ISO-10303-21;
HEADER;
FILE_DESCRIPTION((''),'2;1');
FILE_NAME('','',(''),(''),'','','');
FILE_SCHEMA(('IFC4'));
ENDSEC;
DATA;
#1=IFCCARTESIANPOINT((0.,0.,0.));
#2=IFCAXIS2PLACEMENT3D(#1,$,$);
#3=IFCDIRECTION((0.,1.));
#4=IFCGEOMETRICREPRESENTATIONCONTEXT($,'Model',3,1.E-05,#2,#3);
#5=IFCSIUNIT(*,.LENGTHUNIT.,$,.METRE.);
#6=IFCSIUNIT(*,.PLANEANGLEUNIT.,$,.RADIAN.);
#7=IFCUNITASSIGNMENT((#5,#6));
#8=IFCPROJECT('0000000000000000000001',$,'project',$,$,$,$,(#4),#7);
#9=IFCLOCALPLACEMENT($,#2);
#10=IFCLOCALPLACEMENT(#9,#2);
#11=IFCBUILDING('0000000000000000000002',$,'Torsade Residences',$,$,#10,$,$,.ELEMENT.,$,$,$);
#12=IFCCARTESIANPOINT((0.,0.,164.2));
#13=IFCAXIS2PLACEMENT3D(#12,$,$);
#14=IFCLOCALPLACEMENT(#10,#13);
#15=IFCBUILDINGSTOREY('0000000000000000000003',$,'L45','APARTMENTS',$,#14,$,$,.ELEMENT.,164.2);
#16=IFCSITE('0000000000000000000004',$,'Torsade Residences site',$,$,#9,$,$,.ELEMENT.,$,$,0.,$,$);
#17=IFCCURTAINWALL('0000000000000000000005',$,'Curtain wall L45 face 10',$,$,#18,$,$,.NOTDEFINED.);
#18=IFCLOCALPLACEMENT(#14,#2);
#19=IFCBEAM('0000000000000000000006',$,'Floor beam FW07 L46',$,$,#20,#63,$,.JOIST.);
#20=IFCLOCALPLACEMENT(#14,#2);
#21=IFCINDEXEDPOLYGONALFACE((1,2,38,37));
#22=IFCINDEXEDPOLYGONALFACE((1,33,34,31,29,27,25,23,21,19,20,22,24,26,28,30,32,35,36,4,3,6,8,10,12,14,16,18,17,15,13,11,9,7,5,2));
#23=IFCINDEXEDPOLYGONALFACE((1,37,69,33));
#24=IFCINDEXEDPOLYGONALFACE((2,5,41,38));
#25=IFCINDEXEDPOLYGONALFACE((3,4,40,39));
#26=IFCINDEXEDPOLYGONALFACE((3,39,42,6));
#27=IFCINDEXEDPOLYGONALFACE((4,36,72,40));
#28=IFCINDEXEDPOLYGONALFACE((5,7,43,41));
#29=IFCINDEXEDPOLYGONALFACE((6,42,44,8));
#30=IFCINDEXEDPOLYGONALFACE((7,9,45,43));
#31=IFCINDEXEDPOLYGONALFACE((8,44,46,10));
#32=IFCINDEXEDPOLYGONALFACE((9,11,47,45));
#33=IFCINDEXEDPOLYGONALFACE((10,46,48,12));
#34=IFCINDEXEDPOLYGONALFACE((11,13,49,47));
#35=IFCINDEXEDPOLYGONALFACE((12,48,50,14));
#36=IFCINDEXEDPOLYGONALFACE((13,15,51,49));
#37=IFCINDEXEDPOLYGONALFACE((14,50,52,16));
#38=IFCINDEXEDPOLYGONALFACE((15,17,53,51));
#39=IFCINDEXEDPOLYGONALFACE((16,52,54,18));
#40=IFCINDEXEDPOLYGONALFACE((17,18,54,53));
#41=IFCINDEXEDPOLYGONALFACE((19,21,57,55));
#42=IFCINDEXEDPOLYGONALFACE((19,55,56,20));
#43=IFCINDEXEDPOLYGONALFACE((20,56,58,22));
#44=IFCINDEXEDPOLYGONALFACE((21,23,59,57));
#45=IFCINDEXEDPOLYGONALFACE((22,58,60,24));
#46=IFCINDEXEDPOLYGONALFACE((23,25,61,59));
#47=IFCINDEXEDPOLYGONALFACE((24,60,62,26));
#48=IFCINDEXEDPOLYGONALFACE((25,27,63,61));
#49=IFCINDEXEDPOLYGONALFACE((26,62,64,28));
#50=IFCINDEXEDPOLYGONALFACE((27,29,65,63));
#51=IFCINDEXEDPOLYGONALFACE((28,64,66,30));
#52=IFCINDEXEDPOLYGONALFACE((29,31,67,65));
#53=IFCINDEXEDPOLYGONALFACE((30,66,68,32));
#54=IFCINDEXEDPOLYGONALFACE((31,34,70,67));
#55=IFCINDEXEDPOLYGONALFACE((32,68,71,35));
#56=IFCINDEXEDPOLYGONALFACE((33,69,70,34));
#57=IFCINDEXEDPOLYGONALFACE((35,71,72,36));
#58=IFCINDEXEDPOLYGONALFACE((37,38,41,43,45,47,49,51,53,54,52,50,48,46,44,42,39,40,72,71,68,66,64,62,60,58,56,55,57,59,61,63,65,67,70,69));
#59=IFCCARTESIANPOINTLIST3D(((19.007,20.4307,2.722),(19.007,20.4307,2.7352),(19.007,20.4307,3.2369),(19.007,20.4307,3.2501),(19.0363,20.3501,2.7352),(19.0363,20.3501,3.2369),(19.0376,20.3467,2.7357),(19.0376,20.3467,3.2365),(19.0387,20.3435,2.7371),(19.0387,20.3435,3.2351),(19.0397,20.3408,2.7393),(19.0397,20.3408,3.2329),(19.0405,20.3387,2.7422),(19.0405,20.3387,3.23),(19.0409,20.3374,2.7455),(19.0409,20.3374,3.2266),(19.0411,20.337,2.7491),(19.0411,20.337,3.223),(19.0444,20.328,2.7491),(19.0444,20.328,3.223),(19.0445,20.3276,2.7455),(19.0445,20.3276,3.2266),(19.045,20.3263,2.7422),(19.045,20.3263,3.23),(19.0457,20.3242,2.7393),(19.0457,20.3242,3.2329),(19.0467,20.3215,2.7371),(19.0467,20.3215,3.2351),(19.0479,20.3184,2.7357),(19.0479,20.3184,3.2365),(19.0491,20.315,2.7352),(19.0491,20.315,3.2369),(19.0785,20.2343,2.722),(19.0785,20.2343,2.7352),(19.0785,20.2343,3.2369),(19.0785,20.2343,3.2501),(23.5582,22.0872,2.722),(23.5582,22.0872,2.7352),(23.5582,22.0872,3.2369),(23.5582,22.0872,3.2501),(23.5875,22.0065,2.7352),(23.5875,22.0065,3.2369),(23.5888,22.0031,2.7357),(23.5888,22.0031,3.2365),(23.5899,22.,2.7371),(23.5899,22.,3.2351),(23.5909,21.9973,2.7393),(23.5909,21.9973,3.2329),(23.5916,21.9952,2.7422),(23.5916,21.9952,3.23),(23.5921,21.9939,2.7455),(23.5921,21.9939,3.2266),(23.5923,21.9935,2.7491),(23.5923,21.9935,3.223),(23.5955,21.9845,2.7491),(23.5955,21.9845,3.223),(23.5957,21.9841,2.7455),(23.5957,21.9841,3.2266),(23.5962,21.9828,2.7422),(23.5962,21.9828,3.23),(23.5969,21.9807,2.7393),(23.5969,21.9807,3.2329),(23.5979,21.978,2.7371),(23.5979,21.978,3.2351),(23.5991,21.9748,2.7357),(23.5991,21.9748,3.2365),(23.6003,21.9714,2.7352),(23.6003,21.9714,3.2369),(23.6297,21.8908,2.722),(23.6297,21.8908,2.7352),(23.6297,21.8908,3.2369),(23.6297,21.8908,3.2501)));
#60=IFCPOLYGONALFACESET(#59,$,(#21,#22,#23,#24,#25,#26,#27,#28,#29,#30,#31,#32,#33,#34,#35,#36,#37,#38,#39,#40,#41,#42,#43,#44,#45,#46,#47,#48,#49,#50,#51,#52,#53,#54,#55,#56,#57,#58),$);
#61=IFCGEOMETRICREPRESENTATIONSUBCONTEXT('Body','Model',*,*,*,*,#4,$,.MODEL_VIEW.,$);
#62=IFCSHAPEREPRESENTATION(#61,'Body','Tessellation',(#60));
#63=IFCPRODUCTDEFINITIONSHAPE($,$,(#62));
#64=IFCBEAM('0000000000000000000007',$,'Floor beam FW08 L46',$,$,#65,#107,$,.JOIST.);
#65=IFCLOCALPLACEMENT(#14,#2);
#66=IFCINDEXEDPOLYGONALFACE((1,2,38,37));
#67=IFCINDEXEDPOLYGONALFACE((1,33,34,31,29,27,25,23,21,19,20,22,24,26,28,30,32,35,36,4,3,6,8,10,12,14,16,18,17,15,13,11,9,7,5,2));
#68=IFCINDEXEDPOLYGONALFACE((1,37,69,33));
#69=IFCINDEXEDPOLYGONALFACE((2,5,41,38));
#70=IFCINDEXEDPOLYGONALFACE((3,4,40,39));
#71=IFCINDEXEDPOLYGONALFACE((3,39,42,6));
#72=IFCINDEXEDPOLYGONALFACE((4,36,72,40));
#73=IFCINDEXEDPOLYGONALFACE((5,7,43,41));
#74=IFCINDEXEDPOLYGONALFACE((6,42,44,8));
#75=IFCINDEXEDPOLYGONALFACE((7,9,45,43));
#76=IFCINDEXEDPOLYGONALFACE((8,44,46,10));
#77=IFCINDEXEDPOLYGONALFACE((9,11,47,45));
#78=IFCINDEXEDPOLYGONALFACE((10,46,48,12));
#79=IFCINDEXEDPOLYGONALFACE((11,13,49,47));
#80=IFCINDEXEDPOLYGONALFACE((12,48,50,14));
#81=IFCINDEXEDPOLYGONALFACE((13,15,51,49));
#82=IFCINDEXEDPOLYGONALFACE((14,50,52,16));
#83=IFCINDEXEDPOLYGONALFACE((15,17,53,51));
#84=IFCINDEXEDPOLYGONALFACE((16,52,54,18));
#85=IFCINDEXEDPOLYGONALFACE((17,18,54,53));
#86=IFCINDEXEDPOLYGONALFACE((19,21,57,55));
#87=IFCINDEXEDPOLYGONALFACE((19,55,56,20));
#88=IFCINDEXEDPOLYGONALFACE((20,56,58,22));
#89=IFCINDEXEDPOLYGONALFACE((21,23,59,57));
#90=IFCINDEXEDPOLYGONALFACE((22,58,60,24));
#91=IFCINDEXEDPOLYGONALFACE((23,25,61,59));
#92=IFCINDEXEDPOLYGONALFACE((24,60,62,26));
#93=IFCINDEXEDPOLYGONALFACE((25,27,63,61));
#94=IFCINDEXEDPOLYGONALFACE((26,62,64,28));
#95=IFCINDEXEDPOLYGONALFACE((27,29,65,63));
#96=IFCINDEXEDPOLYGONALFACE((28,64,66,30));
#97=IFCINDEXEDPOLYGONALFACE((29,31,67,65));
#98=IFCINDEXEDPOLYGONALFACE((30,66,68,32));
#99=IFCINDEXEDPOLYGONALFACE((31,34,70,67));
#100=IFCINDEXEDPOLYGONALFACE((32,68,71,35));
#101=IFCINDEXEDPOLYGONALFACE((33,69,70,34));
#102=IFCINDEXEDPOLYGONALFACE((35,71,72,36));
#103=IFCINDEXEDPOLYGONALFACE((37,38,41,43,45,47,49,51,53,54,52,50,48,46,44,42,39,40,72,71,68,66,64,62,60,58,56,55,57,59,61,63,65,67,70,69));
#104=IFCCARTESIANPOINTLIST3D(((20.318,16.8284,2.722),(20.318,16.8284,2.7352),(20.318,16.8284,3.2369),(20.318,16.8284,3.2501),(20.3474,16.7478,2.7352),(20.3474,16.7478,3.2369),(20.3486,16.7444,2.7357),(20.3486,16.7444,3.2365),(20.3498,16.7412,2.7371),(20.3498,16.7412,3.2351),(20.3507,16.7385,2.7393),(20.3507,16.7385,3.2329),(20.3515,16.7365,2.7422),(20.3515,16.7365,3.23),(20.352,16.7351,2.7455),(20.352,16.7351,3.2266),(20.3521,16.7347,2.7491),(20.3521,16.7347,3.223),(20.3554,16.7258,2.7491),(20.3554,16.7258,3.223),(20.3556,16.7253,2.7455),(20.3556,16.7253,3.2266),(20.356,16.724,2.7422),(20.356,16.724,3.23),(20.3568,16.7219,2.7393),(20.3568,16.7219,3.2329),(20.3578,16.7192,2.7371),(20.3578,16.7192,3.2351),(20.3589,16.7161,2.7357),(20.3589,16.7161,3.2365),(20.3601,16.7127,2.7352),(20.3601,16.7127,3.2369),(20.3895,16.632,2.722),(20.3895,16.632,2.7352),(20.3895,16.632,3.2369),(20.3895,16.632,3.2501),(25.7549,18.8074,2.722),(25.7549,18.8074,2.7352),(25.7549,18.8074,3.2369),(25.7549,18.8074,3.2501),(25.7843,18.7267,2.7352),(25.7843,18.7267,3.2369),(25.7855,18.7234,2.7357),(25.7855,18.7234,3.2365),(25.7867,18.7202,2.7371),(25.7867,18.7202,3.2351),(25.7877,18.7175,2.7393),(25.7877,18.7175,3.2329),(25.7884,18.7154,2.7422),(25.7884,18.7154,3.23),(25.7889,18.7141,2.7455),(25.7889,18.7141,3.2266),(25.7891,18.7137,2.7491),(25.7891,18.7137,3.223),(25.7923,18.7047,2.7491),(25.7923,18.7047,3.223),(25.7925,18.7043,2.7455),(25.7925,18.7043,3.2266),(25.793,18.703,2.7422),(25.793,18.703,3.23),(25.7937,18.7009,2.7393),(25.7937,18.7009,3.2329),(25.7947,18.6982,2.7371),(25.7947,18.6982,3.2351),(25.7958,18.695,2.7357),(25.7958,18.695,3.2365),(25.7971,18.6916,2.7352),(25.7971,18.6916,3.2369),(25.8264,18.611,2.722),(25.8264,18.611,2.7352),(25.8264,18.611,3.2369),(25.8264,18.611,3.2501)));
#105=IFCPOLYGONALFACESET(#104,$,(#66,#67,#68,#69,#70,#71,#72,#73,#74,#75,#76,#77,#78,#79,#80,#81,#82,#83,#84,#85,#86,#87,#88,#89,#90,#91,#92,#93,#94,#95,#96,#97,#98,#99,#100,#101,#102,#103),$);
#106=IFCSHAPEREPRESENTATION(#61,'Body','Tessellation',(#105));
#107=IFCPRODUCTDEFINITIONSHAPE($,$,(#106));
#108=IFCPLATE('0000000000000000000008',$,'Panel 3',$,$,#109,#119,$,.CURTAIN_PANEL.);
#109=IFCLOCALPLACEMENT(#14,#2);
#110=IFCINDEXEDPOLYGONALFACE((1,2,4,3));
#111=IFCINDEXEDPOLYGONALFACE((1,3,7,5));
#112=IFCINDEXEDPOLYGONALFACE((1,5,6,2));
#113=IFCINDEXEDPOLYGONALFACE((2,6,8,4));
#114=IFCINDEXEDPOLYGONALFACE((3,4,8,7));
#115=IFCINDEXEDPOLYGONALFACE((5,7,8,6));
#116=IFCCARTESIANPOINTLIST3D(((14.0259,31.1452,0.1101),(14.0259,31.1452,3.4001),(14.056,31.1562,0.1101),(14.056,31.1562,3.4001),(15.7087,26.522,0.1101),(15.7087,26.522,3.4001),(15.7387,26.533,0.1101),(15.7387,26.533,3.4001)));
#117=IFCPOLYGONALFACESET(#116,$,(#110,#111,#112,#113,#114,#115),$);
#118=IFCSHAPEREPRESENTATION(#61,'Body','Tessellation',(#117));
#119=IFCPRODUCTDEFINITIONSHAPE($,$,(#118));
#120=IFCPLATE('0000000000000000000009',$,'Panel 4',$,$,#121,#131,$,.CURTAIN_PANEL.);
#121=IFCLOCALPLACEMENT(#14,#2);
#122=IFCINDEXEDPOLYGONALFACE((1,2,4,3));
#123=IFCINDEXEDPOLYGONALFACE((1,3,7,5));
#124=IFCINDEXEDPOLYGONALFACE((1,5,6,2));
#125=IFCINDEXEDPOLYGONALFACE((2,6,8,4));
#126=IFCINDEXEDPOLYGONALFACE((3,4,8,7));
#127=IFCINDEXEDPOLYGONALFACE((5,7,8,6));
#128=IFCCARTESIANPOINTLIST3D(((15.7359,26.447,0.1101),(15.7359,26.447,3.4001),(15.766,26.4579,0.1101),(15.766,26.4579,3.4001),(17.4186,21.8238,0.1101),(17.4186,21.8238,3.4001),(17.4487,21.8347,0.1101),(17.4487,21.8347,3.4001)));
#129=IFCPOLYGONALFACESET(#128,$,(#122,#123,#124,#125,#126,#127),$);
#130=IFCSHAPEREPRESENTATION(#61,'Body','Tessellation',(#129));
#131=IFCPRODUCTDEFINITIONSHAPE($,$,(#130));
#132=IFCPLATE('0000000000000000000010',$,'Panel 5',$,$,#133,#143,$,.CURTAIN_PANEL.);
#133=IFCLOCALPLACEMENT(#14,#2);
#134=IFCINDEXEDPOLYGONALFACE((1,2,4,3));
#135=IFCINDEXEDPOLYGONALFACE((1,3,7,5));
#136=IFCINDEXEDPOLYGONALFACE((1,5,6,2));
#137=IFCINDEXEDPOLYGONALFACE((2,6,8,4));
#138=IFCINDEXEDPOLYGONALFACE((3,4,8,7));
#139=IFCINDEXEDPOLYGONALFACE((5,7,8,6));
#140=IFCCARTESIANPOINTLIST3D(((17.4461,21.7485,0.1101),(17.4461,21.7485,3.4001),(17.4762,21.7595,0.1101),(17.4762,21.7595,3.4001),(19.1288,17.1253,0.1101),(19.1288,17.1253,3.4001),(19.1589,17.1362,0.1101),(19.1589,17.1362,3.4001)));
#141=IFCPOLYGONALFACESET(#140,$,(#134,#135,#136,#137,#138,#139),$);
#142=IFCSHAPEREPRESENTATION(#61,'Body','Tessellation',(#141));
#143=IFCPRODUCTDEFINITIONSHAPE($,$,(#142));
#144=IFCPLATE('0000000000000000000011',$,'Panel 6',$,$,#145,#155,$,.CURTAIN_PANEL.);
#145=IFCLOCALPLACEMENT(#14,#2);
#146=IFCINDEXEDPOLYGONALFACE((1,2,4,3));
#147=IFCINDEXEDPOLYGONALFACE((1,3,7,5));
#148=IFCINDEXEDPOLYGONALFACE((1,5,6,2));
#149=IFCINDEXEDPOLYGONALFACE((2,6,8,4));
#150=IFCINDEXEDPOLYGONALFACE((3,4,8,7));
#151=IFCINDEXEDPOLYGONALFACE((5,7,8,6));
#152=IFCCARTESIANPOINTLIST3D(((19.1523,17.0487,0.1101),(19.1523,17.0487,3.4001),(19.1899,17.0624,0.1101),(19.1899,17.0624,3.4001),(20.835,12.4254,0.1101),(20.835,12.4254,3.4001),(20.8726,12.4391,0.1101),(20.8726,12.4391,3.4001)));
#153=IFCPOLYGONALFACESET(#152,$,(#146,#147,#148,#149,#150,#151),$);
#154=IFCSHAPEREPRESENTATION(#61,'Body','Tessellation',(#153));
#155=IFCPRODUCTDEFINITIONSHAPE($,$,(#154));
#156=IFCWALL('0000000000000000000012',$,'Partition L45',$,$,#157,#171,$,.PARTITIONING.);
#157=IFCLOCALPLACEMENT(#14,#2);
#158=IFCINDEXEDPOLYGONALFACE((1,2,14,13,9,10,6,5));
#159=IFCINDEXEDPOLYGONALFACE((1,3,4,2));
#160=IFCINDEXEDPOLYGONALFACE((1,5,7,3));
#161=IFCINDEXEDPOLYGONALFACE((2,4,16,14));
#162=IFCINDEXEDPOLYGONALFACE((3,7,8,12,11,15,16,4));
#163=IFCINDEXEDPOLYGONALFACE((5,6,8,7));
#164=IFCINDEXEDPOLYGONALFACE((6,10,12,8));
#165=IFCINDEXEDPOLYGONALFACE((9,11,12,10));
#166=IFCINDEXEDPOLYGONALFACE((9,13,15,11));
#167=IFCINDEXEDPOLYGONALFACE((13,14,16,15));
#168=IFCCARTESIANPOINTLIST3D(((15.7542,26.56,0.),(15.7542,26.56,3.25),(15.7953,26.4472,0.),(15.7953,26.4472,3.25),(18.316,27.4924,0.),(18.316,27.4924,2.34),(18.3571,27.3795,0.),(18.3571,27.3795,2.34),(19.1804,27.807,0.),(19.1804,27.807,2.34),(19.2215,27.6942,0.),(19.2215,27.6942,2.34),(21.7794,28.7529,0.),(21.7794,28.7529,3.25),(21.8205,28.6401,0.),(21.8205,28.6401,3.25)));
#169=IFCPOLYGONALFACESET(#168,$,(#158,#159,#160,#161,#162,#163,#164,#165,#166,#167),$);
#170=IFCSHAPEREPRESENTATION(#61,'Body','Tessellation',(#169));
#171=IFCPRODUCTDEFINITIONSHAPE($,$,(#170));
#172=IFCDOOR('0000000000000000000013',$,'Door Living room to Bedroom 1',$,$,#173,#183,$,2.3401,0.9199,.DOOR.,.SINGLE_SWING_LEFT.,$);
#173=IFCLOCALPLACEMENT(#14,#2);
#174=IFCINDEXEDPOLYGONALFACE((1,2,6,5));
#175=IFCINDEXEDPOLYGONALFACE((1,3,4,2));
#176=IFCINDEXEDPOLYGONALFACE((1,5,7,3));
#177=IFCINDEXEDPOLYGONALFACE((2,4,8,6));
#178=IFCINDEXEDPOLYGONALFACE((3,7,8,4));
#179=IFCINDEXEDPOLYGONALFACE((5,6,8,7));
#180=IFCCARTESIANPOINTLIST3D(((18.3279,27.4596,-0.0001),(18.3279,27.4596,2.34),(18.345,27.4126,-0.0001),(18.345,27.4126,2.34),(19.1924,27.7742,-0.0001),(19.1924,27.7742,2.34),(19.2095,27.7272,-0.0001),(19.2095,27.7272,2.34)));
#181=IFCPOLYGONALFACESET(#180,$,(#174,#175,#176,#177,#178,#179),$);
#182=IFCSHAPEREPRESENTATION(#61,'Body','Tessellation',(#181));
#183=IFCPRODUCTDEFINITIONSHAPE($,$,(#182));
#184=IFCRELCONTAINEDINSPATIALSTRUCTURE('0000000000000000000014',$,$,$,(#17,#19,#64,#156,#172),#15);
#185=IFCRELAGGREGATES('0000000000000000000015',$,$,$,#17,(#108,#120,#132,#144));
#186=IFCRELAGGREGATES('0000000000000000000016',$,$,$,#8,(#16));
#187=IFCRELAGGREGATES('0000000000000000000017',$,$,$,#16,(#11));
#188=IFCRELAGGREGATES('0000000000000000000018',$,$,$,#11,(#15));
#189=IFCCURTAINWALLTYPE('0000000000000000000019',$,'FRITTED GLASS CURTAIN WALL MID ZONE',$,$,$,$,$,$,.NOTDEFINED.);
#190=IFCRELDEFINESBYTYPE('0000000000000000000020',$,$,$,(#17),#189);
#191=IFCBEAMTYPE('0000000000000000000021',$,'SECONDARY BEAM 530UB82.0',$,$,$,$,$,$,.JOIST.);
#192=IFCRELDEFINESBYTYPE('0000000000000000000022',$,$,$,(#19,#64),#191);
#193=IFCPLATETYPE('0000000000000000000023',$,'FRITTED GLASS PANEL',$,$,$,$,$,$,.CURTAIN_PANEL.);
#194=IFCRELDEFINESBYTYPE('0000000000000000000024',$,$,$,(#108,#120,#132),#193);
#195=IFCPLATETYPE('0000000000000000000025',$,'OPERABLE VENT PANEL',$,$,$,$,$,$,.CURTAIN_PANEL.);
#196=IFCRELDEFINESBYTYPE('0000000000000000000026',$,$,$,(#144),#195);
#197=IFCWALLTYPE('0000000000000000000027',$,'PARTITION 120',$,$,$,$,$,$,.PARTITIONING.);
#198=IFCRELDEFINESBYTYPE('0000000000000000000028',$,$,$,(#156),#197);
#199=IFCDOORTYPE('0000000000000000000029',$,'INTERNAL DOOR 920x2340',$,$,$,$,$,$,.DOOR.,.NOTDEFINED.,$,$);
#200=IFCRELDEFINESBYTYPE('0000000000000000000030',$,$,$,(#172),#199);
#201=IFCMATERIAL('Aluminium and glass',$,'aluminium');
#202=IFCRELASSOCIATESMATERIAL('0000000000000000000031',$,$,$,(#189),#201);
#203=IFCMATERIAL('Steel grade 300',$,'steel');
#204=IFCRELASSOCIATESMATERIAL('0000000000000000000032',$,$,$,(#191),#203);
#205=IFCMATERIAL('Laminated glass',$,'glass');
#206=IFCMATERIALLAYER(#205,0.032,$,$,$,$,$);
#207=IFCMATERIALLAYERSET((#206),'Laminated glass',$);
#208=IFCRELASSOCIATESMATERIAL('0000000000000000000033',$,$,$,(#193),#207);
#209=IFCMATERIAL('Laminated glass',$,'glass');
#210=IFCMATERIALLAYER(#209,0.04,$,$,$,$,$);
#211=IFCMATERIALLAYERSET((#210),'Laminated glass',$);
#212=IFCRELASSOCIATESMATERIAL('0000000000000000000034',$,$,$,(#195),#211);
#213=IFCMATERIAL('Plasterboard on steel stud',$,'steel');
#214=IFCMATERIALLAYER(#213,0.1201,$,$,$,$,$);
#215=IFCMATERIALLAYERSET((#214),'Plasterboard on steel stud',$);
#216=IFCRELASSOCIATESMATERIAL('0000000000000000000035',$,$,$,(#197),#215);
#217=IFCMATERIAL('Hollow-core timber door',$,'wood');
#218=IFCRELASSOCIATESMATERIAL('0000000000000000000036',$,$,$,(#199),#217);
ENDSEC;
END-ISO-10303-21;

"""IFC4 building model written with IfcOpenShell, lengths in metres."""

from ifc_helpers import new_model, si_unit, direction, frame, frame_2d, origin, origin_2d, place, context, subcontext, project, spatial, rectangle, i_section, extrude, material, layer, layer_set, material_profile, profile_set, type_object, element, fill, aggregate, save


model = new_model("IFC4")

# Units and contexts
model_context = context("Model", 3, precision=1e-05, world=origin(), true_north=direction((0.0, 1.0)))
body_context = subcontext(model_context, "Body", "Model", "MODEL_VIEW")
ifc_project = project(units=[si_unit("LENGTHUNIT", "METRE"), si_unit("PLANEANGLEUNIT", "RADIAN")], contexts=[model_context])

# Site, building, storey
site_placement = place(None, origin())
site = spatial("IfcSite", under=ifc_project, at=site_placement, Name="Torsade Residences site", CompositionType="ELEMENT", RefElevation=0.0)
building_placement = place(site_placement, origin())
building = spatial("IfcBuilding", under=site, at=building_placement, Name="Torsade Residences", CompositionType="ELEMENT")
storey_placement = place(building_placement, frame((0.0, 0.0, 164.2)))
storey = spatial("IfcBuildingStorey", under=building, at=storey_placement, Name="L45", Description="APARTMENTS", CompositionType="ELEMENT", Elevation=164.2)

# Curtain wall
ifc_material_1 = material(Name="Aluminium and glass", Category="aluminium")
curtain_wall_type = type_object("IfcCurtainWallType", Name="FRITTED GLASS CURTAIN WALL MID ZONE", PredefinedType="NOTDEFINED", material=ifc_material_1)
curtain_wall_placement = place(storey_placement, origin())
curtain_wall = element("IfcCurtainWall", 1, at=curtain_wall_placement, inside=storey, type_object=curtain_wall_type, Name="Curtain wall L45 face 10", PredefinedType="NOTDEFINED")

# Beams
ifc_material_2 = material(Name="Steel grade 300", Category="steel")
ifc_material_profile_1 = material_profile(ifc_material_2, i_section(OverallWidth=0.209, OverallDepth=0.5281, WebThickness=0.0095, FlangeThickness=0.0132, FilletRadius=0.0139, at=origin_2d()), Name="530UB82.0")
ifc_profile_set_1 = profile_set([ifc_material_profile_1], Name="Steel grade 300")
beam_type_1 = type_object("IfcBeamType", Name="SECONDARY BEAM 530UB82.0", PredefinedType="JOIST", material=ifc_profile_set_1)
beam_1_placement = place(storey_placement, frame((19.0427, 20.3325, 2.9861), z_axis=(0.939695, 0.342014, 0.0), x_axis=(-0.342014, 0.939695, 0.0)))
element("IfcBeam", 2, at=beam_1_placement, inside=storey, type_object=beam_type_1, Name="Floor beam FW07 L46", PredefinedType="JOIST", context=body_context, shape_type="SweptSolid", body=[
    extrude(i_section(OverallWidth=0.209, OverallDepth=0.5281, WebThickness=0.0095, FlangeThickness=0.0132, FilletRadius=0.0139, at=origin_2d()), origin(), (0.0, 0.0, 1.0), 4.8433),
])
beam_2_placement = place(storey_placement, frame((20.3538, 16.7302, 2.9861), z_axis=(0.939687, 0.342034, 0.0), x_axis=(-0.342034, 0.939687, 0.0)))
element("IfcBeam", 3, at=beam_2_placement, inside=storey, type_object=beam_type_1, Name="Floor beam FW08 L46", PredefinedType="JOIST", context=body_context, shape_type="SweptSolid", body=[
    extrude(i_section(OverallWidth=0.209, OverallDepth=0.5281, WebThickness=0.0095, FlangeThickness=0.0132, FilletRadius=0.0139, at=origin_2d()), origin(), (0.0, 0.0, 1.0), 5.7859),
])

# Plates
ifc_material_3 = material(Name="Laminated glass", Category="glass")
ifc_layer_1 = layer(ifc_material_3, 0.032)
ifc_layer_set_1 = layer_set([ifc_layer_1], Name="Laminated glass")
plate_type_1 = type_object("IfcPlateType", Name="FRITTED GLASS PANEL", PredefinedType="CURTAIN_PANEL", material=ifc_layer_set_1)
plate_1_placement = place(storey_placement, frame((14.8823, 28.8391, 0.1101), z_axis=(0.0, 0.0, 1.0), x_axis=(0.34202, -0.939693, 0.0)))
plate_1 = element("IfcPlate", 4, at=plate_1_placement, type_object=plate_type_1, Name="Panel 3", PredefinedType="CURTAIN_PANEL", context=body_context, shape_type="SweptSolid", body=[
    extrude(rectangle(XDim=4.9199, YDim=0.032, at=origin_2d()), origin(), (0.0, 0.0, 1.0), 3.29),
])
plate_2_placement = place(storey_placement, frame((16.5923, 24.1409, 0.1101), z_axis=(0.0, 0.0, 1.0), x_axis=(0.34202, -0.939693, 0.0)))
plate_2 = element("IfcPlate", 5, at=plate_2_placement, type_object=plate_type_1, Name="Panel 4", PredefinedType="CURTAIN_PANEL", context=body_context, shape_type="SweptSolid", body=[
    extrude(rectangle(XDim=4.9199, YDim=0.032, at=origin_2d()), origin(), (0.0, 0.0, 1.0), 3.29),
])
plate_3_placement = place(storey_placement, frame((18.3025, 19.4424, 0.1101), z_axis=(0.0, 0.0, 1.0), x_axis=(0.34202, -0.939693, 0.0)))
plate_3 = element("IfcPlate", 6, at=plate_3_placement, type_object=plate_type_1, Name="Panel 5", PredefinedType="CURTAIN_PANEL", context=body_context, shape_type="SweptSolid", body=[
    extrude(rectangle(XDim=4.9199, YDim=0.032, at=origin_2d()), origin(), (0.0, 0.0, 1.0), 3.29),
])
ifc_material_4 = material(Name="Laminated glass", Category="glass")
ifc_layer_2 = layer(ifc_material_4, 0.04)
ifc_layer_set_2 = layer_set([ifc_layer_2], Name="Laminated glass")
plate_type_2 = type_object("IfcPlateType", Name="OPERABLE VENT PANEL", PredefinedType="CURTAIN_PANEL", material=ifc_layer_set_2)
plate_4_placement = place(storey_placement, frame((20.0125, 14.7439, 0.1101), z_axis=(0.0, 0.0, 1.0), x_axis=(0.34202, -0.939693, 0.0)))
plate_4 = element("IfcPlate", 7, at=plate_4_placement, type_object=plate_type_2, Name="Panel 6", PredefinedType="CURTAIN_PANEL", context=body_context, shape_type="SweptSolid", body=[
    extrude(rectangle(XDim=4.9199, YDim=0.04, at=origin_2d()), origin(), (0.0, 0.0, 1.0), 3.29),
])
aggregate(curtain_wall, [plate_1, plate_2, plate_3, plate_4])

# Wall, opening, door
ifc_material_5 = material(Name="Plasterboard on steel stud", Category="steel")
ifc_layer_3 = layer(ifc_material_5, 0.1201)
ifc_layer_set_3 = layer_set([ifc_layer_3], Name="Plasterboard on steel stud")
wall_type_1 = type_object("IfcWallType", Name="PARTITION 120", PredefinedType="PARTITIONING", material=ifc_layer_set_3)
wall_1_placement = place(storey_placement, frame((21.8, 28.6965, 0.0), z_axis=(0.0, 0.0, 1.0), x_axis=(-0.939698, -0.342006, 0.0)))
wall_1 = element("IfcWall", 8, at=wall_1_placement, inside=storey, type_object=wall_type_1, Name="Partition L45", PredefinedType="PARTITIONING", context=body_context, shape_type="SweptSolid", body=[
    extrude(rectangle(XDim=6.4119, YDim=0.1201, at=frame_2d((3.2061, 0.0))), origin(), (0.0, 0.0, 1.0), 3.25),
])
opening_1_placement = place(wall_1_placement, frame((2.7659, 0.0, 0.0)))
opening_1 = element("IfcOpeningElement", 9, at=opening_1_placement, cuts=wall_1, PredefinedType="OPENING", context=body_context, shape_type="SweptSolid", body=[
    extrude(rectangle(XDim=0.9199, YDim=2.3401, at=frame_2d((0.46, 1.1699))), frame((0.0, 0.0701, 0.0), z_axis=(0.0, -1.0, 0.0), x_axis=(1.0, 0.0, 0.0)), (0.0, 0.0, 1.0), 0.1401),
])
ifc_material_6 = material(Name="Hollow-core timber door", Category="wood")
door_type_1 = type_object("IfcDoorType", Name="INTERNAL DOOR 920x2340", OperationType="NOTDEFINED", PredefinedType="DOOR", material=ifc_material_6)
door_1_placement = place(opening_1_placement, origin())
door_1 = element("IfcDoor", 10, at=door_1_placement, inside=storey, type_object=door_type_1, Name="Door Living room to Bedroom 1", OperationType="SINGLE_SWING_LEFT", OverallHeight=2.3401, OverallWidth=0.9199, PredefinedType="DOOR", context=body_context, shape_type="SweptSolid", body=[
    extrude(rectangle(XDim=0.9199, YDim=2.3401, at=frame_2d((0.46, 1.1699))), frame((0.0, 0.0249, 0.0), z_axis=(0.0, -1.0, 0.0), x_axis=(1.0, 0.0, 0.0)), (0.0, 0.0, 1.0), 0.05),
])
fill(opening_1, door_1)

save(model, "model.ifc")
